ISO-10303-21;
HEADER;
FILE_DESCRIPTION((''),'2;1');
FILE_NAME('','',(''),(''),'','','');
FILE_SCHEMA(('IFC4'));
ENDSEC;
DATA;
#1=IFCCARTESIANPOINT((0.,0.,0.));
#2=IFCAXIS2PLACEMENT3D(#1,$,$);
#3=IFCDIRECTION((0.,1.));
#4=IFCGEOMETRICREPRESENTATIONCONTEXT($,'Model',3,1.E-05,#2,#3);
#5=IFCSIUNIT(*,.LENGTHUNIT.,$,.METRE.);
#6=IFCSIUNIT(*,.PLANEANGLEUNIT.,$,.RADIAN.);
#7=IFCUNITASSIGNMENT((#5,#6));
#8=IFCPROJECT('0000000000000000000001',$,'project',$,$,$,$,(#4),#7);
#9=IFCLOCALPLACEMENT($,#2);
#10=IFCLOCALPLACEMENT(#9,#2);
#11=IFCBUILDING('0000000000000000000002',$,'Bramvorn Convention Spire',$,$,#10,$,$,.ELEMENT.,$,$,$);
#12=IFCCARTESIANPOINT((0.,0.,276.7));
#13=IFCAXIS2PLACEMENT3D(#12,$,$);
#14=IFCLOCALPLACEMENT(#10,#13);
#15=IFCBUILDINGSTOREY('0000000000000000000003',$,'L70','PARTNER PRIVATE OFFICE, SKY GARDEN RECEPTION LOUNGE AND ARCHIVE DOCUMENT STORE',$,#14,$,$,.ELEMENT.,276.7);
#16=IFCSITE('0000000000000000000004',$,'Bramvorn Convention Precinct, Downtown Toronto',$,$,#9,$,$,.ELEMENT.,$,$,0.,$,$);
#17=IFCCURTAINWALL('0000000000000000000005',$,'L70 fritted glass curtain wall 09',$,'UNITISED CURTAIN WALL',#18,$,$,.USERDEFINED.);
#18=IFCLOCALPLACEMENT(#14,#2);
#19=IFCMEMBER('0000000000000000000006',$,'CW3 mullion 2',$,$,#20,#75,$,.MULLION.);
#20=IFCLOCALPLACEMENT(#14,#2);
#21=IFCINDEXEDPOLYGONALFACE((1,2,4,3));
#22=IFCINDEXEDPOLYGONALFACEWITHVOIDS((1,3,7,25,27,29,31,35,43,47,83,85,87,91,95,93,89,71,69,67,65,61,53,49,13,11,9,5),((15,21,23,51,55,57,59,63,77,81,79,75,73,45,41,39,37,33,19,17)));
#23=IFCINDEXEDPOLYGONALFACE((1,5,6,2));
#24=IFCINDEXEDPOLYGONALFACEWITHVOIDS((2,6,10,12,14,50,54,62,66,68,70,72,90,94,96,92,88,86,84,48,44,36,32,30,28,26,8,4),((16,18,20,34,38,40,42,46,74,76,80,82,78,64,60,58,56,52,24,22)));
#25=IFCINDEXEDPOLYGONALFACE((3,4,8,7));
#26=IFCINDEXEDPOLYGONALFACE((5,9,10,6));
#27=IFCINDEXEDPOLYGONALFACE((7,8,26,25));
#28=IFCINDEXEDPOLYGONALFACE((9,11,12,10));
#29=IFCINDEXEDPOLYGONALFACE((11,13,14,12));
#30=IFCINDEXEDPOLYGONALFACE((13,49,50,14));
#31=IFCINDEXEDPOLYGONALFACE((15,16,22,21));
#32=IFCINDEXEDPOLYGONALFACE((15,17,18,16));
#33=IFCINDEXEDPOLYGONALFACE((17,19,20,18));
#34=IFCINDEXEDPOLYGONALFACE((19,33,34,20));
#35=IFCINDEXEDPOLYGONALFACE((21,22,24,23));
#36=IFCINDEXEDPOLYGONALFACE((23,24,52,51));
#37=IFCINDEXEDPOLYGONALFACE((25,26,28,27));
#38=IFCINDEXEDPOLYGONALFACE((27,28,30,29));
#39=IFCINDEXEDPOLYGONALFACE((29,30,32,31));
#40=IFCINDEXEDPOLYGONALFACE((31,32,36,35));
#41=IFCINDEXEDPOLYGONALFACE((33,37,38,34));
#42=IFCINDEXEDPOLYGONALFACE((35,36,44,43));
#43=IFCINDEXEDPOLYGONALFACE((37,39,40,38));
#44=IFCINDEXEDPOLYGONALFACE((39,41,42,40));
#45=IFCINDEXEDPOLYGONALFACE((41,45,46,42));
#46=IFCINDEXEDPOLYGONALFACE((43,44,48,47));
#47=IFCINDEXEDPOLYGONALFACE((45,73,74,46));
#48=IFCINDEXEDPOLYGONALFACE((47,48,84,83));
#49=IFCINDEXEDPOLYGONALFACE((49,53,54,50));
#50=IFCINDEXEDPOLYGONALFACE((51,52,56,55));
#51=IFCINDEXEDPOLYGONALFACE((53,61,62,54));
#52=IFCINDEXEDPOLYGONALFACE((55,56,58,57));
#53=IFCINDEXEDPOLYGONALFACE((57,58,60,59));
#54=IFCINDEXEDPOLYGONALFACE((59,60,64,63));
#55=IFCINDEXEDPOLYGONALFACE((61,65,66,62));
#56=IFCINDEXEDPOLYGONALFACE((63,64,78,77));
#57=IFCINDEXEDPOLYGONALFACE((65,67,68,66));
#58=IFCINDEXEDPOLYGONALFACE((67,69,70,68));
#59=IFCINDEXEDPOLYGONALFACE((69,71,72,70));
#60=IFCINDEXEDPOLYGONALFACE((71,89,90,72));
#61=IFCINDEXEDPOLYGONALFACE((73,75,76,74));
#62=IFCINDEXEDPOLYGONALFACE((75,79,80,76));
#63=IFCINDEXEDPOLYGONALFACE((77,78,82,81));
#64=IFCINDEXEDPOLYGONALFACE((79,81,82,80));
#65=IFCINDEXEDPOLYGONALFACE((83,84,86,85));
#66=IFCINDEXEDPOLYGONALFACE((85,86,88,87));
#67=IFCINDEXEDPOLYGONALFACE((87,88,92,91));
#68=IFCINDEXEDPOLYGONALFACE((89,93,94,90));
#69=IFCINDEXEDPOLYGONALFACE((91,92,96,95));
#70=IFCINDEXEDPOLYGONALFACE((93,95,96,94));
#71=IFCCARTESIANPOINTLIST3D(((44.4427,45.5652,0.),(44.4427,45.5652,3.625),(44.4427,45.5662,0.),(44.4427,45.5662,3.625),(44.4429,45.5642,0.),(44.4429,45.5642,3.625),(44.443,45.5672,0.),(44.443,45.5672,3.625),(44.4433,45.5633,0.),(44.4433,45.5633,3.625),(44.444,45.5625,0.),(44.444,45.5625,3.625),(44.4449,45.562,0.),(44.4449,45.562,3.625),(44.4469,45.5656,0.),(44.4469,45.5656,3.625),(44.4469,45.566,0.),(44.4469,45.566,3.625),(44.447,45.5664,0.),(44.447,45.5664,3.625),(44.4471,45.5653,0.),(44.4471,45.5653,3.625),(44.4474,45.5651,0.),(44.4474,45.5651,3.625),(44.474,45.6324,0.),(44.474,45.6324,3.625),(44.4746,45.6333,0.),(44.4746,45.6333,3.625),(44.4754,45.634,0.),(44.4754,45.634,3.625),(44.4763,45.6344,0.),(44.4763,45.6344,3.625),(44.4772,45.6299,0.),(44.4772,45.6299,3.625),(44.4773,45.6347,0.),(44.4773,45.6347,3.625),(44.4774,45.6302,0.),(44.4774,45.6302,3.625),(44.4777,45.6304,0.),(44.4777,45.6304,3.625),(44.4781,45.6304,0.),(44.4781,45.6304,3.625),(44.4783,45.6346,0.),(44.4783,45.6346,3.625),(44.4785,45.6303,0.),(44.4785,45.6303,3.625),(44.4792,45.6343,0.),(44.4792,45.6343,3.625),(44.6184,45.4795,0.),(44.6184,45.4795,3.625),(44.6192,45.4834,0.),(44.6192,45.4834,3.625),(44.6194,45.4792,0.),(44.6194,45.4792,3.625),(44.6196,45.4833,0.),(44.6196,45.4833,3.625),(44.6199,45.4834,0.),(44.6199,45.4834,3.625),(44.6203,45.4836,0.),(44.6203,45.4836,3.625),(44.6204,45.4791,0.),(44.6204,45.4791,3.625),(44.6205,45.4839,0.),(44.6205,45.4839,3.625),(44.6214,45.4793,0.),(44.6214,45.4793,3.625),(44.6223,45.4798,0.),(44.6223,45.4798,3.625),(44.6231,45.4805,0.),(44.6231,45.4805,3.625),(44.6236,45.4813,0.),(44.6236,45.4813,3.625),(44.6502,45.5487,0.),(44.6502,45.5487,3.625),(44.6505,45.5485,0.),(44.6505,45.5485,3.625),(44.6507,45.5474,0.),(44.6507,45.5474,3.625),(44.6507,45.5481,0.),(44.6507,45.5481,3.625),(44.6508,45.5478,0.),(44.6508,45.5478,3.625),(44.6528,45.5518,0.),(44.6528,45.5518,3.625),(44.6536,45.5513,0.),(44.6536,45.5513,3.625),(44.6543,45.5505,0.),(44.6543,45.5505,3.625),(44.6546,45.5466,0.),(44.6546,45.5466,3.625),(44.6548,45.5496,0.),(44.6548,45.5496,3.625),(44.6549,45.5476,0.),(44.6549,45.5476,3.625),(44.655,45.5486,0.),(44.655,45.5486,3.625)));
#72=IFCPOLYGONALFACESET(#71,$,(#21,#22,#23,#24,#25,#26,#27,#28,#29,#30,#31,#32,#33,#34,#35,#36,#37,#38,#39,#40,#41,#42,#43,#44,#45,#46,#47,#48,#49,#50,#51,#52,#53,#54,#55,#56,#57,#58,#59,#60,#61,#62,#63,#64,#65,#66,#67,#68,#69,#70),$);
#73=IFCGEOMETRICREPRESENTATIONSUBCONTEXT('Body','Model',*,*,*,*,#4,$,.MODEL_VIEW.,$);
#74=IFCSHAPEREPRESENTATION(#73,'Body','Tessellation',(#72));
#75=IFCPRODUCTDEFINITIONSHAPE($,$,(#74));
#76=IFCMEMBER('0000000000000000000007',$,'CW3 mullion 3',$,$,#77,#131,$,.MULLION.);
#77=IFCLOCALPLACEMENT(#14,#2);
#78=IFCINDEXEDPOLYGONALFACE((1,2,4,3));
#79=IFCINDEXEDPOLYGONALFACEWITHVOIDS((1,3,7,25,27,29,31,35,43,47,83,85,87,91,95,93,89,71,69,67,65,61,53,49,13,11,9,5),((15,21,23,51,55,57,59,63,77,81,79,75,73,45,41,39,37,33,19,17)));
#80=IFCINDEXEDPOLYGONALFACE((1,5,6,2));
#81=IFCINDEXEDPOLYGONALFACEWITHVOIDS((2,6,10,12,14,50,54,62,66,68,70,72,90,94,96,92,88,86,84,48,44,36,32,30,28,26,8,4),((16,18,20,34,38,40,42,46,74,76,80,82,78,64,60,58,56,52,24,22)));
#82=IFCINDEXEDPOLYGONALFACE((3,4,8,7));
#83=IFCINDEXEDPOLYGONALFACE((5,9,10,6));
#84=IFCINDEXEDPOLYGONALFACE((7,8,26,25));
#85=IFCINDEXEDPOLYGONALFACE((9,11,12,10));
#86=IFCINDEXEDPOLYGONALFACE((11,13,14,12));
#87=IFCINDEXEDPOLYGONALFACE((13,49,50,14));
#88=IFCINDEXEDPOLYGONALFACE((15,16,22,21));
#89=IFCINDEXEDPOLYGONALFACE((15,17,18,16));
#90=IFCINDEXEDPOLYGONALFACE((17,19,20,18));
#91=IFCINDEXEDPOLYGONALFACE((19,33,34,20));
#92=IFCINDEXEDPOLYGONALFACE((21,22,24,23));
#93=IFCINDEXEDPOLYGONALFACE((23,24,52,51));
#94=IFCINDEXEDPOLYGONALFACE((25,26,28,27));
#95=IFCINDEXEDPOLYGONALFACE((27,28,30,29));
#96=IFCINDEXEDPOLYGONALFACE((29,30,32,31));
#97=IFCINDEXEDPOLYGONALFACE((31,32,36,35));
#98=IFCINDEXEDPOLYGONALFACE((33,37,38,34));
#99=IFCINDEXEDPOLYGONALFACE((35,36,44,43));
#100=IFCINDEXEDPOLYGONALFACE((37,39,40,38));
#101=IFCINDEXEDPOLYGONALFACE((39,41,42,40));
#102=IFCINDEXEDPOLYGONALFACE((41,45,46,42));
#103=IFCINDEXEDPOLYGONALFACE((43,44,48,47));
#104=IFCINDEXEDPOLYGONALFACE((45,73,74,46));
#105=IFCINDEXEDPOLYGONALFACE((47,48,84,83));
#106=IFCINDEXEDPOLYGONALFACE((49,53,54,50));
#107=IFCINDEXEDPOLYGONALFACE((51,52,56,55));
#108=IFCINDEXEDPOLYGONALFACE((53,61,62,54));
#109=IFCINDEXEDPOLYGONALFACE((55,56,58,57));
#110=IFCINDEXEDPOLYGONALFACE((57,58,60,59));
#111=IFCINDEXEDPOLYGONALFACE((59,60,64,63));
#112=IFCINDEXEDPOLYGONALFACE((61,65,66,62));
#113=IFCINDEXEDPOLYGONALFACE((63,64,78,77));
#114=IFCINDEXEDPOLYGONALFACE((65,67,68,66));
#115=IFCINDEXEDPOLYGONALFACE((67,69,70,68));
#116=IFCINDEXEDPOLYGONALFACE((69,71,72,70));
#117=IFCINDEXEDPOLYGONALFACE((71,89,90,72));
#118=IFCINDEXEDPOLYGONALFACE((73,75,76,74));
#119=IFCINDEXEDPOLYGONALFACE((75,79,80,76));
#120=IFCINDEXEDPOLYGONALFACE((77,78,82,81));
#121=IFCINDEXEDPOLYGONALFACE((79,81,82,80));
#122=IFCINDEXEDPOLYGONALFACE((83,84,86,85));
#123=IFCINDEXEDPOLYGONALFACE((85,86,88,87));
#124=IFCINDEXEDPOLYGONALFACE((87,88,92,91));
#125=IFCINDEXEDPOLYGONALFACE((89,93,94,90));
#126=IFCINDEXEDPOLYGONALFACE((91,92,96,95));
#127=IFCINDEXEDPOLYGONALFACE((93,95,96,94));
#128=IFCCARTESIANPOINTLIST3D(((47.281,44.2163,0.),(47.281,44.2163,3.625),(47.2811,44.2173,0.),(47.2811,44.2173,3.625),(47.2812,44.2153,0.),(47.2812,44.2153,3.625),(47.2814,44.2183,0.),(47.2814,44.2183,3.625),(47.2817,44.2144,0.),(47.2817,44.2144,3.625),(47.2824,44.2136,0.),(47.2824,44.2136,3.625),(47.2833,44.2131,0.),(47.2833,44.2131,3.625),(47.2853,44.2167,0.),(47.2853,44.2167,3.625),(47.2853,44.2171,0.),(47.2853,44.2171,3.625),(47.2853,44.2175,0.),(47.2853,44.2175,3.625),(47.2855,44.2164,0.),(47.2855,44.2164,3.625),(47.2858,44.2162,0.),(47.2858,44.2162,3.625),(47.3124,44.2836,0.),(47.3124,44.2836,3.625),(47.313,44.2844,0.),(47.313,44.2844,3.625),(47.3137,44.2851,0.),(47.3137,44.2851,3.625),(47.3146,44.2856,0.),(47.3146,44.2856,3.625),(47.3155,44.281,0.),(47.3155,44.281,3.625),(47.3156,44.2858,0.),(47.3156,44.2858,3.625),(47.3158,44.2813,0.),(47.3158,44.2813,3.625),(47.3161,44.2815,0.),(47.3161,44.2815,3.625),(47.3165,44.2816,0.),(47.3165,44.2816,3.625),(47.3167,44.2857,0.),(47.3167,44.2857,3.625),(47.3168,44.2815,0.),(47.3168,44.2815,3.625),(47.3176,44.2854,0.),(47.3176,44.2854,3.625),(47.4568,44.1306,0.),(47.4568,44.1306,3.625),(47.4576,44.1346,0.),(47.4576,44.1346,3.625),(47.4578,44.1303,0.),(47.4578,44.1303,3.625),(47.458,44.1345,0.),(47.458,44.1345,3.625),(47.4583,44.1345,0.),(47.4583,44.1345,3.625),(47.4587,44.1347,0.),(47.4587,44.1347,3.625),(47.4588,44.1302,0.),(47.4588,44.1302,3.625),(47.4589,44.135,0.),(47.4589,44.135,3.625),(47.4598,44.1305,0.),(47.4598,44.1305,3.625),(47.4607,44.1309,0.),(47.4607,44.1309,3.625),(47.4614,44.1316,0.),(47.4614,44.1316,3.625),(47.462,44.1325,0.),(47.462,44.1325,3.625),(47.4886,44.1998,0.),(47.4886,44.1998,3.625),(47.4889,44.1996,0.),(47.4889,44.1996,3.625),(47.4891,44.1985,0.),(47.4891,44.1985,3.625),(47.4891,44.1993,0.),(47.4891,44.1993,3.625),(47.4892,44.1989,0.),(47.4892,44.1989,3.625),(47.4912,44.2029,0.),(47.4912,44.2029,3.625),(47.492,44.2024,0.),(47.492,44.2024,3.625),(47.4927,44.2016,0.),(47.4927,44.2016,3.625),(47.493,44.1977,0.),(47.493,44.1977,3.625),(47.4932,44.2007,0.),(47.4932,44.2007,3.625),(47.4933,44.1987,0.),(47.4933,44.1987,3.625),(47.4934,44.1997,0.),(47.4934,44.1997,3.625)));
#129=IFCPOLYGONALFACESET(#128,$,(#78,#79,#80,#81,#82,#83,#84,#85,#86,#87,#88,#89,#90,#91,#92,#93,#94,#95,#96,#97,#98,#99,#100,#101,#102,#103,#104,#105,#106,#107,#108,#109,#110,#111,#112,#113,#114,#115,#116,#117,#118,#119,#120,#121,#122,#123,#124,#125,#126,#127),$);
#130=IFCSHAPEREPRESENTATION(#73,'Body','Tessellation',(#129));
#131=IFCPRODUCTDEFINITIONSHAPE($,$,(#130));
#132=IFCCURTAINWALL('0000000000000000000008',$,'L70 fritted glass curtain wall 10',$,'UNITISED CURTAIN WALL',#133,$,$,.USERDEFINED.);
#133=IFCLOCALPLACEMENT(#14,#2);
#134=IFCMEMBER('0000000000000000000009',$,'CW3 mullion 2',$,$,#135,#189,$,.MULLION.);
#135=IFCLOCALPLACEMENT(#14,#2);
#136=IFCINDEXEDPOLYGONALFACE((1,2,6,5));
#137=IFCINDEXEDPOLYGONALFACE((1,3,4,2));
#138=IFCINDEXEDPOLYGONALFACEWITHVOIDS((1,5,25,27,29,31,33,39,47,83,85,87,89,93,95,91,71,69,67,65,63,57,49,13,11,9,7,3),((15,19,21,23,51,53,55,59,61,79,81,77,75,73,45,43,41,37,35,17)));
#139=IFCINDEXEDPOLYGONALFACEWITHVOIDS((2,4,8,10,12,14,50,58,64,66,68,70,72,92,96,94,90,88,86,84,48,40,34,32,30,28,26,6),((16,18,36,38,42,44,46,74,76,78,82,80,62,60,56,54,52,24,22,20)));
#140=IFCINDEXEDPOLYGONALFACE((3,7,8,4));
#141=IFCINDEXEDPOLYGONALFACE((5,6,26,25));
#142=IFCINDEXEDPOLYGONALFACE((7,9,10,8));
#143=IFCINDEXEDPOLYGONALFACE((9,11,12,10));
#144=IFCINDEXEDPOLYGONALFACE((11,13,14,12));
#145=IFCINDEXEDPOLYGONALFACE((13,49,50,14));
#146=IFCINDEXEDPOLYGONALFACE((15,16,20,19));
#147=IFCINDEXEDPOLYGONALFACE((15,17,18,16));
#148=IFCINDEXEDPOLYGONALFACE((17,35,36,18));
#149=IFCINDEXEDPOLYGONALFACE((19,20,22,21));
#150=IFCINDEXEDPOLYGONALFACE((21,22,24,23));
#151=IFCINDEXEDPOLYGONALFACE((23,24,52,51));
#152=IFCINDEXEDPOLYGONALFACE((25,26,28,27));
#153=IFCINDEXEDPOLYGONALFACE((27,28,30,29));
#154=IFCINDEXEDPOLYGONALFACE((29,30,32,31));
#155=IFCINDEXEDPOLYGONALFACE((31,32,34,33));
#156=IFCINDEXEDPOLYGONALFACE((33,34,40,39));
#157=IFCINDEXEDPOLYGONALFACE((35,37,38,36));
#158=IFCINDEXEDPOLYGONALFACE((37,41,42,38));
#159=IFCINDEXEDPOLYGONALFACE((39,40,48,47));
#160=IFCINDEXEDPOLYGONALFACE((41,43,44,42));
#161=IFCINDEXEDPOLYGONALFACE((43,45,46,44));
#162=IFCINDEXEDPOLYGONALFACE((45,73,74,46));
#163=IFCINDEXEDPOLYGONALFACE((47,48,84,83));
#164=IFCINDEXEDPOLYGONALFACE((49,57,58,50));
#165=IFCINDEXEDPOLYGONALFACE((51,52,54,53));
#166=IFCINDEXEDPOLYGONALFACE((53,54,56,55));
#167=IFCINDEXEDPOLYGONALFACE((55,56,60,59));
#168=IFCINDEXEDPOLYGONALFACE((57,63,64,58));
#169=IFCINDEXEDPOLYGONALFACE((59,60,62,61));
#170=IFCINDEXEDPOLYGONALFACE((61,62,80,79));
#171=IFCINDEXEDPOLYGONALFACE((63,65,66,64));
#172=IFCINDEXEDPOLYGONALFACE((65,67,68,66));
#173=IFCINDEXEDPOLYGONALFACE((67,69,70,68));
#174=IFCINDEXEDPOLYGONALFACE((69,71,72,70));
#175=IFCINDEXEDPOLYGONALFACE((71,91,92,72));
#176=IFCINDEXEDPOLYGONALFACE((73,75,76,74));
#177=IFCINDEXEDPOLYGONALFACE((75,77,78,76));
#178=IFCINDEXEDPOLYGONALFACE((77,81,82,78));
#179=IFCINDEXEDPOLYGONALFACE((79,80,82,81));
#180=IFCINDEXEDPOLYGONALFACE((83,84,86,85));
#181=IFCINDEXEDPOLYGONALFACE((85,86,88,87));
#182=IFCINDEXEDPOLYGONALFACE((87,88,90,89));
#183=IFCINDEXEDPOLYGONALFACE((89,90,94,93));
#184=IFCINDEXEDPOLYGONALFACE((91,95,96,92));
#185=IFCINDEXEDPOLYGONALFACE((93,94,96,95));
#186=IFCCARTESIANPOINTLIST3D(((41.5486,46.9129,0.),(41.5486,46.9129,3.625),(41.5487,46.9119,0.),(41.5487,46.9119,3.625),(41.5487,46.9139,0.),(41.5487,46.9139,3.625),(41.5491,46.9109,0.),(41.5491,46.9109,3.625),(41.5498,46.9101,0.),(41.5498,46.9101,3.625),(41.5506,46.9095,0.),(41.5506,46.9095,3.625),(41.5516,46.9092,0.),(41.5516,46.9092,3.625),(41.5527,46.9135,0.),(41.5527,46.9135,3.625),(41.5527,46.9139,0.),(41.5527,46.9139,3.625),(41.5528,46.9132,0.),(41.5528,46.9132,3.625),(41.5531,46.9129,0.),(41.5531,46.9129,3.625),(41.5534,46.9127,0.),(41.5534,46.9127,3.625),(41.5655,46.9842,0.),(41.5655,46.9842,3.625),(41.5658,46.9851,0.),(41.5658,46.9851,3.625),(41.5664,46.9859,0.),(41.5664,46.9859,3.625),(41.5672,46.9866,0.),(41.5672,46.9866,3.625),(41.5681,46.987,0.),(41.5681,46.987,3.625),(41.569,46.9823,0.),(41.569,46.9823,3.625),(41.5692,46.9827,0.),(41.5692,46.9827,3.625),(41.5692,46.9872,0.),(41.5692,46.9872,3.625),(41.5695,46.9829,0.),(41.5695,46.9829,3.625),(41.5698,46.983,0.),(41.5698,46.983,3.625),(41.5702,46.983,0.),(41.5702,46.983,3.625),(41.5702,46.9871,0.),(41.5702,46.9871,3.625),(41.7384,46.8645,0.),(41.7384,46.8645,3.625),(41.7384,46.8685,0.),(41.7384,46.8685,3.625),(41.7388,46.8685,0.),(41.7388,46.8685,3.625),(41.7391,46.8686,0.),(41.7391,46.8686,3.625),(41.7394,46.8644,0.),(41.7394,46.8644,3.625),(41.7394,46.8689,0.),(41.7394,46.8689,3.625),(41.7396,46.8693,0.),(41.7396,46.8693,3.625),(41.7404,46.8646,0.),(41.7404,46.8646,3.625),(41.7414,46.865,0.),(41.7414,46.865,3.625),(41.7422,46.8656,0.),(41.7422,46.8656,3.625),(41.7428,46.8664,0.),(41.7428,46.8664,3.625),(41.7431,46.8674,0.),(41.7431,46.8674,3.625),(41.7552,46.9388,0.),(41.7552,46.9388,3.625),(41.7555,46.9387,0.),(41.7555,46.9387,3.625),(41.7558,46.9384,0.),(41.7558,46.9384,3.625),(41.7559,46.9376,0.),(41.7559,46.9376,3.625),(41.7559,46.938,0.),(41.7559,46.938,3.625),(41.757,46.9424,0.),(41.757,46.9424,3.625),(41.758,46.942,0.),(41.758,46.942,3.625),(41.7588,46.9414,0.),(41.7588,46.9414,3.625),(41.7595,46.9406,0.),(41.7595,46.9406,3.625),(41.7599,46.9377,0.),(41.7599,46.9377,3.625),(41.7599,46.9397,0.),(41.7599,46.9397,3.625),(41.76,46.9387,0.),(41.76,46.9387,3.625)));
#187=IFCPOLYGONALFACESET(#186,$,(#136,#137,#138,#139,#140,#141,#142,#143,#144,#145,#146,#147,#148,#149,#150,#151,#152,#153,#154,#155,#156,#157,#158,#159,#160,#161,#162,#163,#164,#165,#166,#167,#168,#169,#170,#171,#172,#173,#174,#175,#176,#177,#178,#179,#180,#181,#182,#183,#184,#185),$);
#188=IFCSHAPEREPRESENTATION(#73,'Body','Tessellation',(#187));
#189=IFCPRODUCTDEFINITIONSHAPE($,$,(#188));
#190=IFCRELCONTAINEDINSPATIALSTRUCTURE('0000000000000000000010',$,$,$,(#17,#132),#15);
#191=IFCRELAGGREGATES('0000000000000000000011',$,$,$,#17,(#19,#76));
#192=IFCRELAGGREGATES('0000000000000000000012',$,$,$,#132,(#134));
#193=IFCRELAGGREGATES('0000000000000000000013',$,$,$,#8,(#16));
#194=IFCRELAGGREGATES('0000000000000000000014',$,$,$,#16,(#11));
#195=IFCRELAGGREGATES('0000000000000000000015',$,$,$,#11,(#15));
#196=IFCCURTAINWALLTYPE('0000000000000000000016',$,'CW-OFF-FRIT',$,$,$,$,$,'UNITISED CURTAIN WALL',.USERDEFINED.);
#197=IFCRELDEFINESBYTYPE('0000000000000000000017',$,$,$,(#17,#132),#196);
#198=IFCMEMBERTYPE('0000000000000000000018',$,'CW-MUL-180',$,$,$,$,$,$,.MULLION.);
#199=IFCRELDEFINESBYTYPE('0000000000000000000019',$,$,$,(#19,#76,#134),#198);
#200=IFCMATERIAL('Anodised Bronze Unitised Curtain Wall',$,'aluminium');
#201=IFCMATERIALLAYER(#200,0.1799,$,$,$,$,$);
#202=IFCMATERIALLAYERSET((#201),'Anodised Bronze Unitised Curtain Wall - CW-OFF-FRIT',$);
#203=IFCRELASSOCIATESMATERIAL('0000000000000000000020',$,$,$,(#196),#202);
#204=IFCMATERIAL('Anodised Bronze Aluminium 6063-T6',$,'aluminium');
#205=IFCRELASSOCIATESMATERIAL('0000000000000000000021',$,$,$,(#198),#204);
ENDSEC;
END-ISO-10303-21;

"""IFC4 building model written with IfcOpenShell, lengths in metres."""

from ifc_helpers import new_model, si_unit, direction, frame, origin, origin_2d, place, context, subcontext, project, spatial, hollow_rectangle, extrude, material, layer, layer_set, material_profile, profile_set, type_object, element, aggregate, save


model = new_model("IFC4")

# Units and contexts
model_context = context("Model", 3, precision=1e-05, world=origin(), true_north=direction((0.0, 1.0)))
body_context = subcontext(model_context, "Body", "Model", "MODEL_VIEW")
ifc_project = project(units=[si_unit("LENGTHUNIT", "METRE"), si_unit("PLANEANGLEUNIT", "RADIAN")], contexts=[model_context])

# Site, building, storey
site_placement = place(None, origin())
site = spatial("IfcSite", under=ifc_project, at=site_placement, Name="Bramvorn Convention Precinct, Downtown Toronto", CompositionType="ELEMENT", RefElevation=0.0)
building_placement = place(site_placement, origin())
building = spatial("IfcBuilding", under=site, at=building_placement, Name="Bramvorn Convention Spire", CompositionType="ELEMENT")
storey_placement = place(building_placement, frame((0.0, 0.0, 276.7)))
storey = spatial("IfcBuildingStorey", under=building, at=storey_placement, Name="L70", Description="PARTNER PRIVATE OFFICE, SKY GARDEN RECEPTION LOUNGE AND ARCHIVE DOCUMENT STORE", CompositionType="ELEMENT", Elevation=276.7)

# Curtain wall, members
ifc_material_1 = material(Name="Anodised Bronze Unitised Curtain Wall", Category="aluminium")
ifc_layer_1 = layer(ifc_material_1, 0.1799)
ifc_layer_set_1 = layer_set([ifc_layer_1], Name="Anodised Bronze Unitised Curtain Wall - CW-OFF-FRIT")
curtain_wall_type = type_object("IfcCurtainWallType", Name="CW-OFF-FRIT", ElementType="UNITISED CURTAIN WALL", PredefinedType="USERDEFINED", material=ifc_layer_set_1)
curtain_wall_1_placement = place(storey_placement, origin())
curtain_wall_1 = element("IfcCurtainWall", 1, at=curtain_wall_1_placement, inside=storey, type_object=curtain_wall_type, Name="L70 fritted glass curtain wall 09", ObjectType="UNITISED CURTAIN WALL", PredefinedType="USERDEFINED")
ifc_material_2 = material(Name="Anodised Bronze Aluminium 6063-T6", Category="aluminium")
ifc_material_profile_1 = material_profile(ifc_material_2, hollow_rectangle(XDim=0.0801, YDim=0.2, WallThickness=0.0039, InnerFilletRadius=0.001, OuterFilletRadius=0.0039, at=origin_2d()))
ifc_profile_set_1 = profile_set([ifc_material_profile_1], Name="Anodised Bronze Aluminium 6063-T6 - CWM80X200")
member_type_1 = type_object("IfcMemberType", Name="CW-MUL-180", PredefinedType="MULLION", material=ifc_profile_set_1)
member_1_placement = place(storey_placement, frame((44.5488, 45.5569, 0.0), z_axis=(0.0, 0.0, 1.0), x_axis=(0.429265, 0.903178, 0.0)))
member_1 = element("IfcMember", 2, at=member_1_placement, type_object=member_type_1, Name="CW3 mullion 2", PredefinedType="MULLION", context=body_context, shape_type="SweptSolid", body=[
    extrude(hollow_rectangle(XDim=0.0801, YDim=0.2, WallThickness=0.0039, InnerFilletRadius=0.001, OuterFilletRadius=0.0039, at=origin_2d()), origin(), (0.0, 0.0, 1.0), 3.625),
])
member_2_placement = place(storey_placement, frame((47.3872, 44.208, 0.0), z_axis=(0.0, 0.0, 1.0), x_axis=(0.429265, 0.903178, 0.0)))
member_2 = element("IfcMember", 3, at=member_2_placement, type_object=member_type_1, Name="CW3 mullion 3", PredefinedType="MULLION", context=body_context, shape_type="SweptSolid", body=[
    extrude(hollow_rectangle(XDim=0.0801, YDim=0.2, WallThickness=0.0039, InnerFilletRadius=0.001, OuterFilletRadius=0.0039, at=origin_2d()), origin(), (0.0, 0.0, 1.0), 3.625),
])

# Curtain wall, member
curtain_wall_2_placement = place(storey_placement, origin())
curtain_wall_2 = element("IfcCurtainWall", 4, at=curtain_wall_2_placement, inside=storey, type_object=curtain_wall_type, Name="L70 fritted glass curtain wall 10", ObjectType="UNITISED CURTAIN WALL", PredefinedType="USERDEFINED")
member_3_placement = place(storey_placement, frame((41.6543, 46.9258, 0.0), z_axis=(0.0, 0.0, 1.0), x_axis=(0.232493, 0.972598, 0.0)))
member_3 = element("IfcMember", 5, at=member_3_placement, type_object=member_type_1, Name="CW3 mullion 2", PredefinedType="MULLION", context=body_context, shape_type="SweptSolid", body=[
    extrude(hollow_rectangle(XDim=0.0801, YDim=0.2, WallThickness=0.0039, InnerFilletRadius=0.001, OuterFilletRadius=0.0039, at=origin_2d()), origin(), (0.0, 0.0, 1.0), 3.625),
])

aggregate(curtain_wall_1, [member_1, member_2])
aggregate(curtain_wall_2, [member_3])

save(model, "model.ifc")
